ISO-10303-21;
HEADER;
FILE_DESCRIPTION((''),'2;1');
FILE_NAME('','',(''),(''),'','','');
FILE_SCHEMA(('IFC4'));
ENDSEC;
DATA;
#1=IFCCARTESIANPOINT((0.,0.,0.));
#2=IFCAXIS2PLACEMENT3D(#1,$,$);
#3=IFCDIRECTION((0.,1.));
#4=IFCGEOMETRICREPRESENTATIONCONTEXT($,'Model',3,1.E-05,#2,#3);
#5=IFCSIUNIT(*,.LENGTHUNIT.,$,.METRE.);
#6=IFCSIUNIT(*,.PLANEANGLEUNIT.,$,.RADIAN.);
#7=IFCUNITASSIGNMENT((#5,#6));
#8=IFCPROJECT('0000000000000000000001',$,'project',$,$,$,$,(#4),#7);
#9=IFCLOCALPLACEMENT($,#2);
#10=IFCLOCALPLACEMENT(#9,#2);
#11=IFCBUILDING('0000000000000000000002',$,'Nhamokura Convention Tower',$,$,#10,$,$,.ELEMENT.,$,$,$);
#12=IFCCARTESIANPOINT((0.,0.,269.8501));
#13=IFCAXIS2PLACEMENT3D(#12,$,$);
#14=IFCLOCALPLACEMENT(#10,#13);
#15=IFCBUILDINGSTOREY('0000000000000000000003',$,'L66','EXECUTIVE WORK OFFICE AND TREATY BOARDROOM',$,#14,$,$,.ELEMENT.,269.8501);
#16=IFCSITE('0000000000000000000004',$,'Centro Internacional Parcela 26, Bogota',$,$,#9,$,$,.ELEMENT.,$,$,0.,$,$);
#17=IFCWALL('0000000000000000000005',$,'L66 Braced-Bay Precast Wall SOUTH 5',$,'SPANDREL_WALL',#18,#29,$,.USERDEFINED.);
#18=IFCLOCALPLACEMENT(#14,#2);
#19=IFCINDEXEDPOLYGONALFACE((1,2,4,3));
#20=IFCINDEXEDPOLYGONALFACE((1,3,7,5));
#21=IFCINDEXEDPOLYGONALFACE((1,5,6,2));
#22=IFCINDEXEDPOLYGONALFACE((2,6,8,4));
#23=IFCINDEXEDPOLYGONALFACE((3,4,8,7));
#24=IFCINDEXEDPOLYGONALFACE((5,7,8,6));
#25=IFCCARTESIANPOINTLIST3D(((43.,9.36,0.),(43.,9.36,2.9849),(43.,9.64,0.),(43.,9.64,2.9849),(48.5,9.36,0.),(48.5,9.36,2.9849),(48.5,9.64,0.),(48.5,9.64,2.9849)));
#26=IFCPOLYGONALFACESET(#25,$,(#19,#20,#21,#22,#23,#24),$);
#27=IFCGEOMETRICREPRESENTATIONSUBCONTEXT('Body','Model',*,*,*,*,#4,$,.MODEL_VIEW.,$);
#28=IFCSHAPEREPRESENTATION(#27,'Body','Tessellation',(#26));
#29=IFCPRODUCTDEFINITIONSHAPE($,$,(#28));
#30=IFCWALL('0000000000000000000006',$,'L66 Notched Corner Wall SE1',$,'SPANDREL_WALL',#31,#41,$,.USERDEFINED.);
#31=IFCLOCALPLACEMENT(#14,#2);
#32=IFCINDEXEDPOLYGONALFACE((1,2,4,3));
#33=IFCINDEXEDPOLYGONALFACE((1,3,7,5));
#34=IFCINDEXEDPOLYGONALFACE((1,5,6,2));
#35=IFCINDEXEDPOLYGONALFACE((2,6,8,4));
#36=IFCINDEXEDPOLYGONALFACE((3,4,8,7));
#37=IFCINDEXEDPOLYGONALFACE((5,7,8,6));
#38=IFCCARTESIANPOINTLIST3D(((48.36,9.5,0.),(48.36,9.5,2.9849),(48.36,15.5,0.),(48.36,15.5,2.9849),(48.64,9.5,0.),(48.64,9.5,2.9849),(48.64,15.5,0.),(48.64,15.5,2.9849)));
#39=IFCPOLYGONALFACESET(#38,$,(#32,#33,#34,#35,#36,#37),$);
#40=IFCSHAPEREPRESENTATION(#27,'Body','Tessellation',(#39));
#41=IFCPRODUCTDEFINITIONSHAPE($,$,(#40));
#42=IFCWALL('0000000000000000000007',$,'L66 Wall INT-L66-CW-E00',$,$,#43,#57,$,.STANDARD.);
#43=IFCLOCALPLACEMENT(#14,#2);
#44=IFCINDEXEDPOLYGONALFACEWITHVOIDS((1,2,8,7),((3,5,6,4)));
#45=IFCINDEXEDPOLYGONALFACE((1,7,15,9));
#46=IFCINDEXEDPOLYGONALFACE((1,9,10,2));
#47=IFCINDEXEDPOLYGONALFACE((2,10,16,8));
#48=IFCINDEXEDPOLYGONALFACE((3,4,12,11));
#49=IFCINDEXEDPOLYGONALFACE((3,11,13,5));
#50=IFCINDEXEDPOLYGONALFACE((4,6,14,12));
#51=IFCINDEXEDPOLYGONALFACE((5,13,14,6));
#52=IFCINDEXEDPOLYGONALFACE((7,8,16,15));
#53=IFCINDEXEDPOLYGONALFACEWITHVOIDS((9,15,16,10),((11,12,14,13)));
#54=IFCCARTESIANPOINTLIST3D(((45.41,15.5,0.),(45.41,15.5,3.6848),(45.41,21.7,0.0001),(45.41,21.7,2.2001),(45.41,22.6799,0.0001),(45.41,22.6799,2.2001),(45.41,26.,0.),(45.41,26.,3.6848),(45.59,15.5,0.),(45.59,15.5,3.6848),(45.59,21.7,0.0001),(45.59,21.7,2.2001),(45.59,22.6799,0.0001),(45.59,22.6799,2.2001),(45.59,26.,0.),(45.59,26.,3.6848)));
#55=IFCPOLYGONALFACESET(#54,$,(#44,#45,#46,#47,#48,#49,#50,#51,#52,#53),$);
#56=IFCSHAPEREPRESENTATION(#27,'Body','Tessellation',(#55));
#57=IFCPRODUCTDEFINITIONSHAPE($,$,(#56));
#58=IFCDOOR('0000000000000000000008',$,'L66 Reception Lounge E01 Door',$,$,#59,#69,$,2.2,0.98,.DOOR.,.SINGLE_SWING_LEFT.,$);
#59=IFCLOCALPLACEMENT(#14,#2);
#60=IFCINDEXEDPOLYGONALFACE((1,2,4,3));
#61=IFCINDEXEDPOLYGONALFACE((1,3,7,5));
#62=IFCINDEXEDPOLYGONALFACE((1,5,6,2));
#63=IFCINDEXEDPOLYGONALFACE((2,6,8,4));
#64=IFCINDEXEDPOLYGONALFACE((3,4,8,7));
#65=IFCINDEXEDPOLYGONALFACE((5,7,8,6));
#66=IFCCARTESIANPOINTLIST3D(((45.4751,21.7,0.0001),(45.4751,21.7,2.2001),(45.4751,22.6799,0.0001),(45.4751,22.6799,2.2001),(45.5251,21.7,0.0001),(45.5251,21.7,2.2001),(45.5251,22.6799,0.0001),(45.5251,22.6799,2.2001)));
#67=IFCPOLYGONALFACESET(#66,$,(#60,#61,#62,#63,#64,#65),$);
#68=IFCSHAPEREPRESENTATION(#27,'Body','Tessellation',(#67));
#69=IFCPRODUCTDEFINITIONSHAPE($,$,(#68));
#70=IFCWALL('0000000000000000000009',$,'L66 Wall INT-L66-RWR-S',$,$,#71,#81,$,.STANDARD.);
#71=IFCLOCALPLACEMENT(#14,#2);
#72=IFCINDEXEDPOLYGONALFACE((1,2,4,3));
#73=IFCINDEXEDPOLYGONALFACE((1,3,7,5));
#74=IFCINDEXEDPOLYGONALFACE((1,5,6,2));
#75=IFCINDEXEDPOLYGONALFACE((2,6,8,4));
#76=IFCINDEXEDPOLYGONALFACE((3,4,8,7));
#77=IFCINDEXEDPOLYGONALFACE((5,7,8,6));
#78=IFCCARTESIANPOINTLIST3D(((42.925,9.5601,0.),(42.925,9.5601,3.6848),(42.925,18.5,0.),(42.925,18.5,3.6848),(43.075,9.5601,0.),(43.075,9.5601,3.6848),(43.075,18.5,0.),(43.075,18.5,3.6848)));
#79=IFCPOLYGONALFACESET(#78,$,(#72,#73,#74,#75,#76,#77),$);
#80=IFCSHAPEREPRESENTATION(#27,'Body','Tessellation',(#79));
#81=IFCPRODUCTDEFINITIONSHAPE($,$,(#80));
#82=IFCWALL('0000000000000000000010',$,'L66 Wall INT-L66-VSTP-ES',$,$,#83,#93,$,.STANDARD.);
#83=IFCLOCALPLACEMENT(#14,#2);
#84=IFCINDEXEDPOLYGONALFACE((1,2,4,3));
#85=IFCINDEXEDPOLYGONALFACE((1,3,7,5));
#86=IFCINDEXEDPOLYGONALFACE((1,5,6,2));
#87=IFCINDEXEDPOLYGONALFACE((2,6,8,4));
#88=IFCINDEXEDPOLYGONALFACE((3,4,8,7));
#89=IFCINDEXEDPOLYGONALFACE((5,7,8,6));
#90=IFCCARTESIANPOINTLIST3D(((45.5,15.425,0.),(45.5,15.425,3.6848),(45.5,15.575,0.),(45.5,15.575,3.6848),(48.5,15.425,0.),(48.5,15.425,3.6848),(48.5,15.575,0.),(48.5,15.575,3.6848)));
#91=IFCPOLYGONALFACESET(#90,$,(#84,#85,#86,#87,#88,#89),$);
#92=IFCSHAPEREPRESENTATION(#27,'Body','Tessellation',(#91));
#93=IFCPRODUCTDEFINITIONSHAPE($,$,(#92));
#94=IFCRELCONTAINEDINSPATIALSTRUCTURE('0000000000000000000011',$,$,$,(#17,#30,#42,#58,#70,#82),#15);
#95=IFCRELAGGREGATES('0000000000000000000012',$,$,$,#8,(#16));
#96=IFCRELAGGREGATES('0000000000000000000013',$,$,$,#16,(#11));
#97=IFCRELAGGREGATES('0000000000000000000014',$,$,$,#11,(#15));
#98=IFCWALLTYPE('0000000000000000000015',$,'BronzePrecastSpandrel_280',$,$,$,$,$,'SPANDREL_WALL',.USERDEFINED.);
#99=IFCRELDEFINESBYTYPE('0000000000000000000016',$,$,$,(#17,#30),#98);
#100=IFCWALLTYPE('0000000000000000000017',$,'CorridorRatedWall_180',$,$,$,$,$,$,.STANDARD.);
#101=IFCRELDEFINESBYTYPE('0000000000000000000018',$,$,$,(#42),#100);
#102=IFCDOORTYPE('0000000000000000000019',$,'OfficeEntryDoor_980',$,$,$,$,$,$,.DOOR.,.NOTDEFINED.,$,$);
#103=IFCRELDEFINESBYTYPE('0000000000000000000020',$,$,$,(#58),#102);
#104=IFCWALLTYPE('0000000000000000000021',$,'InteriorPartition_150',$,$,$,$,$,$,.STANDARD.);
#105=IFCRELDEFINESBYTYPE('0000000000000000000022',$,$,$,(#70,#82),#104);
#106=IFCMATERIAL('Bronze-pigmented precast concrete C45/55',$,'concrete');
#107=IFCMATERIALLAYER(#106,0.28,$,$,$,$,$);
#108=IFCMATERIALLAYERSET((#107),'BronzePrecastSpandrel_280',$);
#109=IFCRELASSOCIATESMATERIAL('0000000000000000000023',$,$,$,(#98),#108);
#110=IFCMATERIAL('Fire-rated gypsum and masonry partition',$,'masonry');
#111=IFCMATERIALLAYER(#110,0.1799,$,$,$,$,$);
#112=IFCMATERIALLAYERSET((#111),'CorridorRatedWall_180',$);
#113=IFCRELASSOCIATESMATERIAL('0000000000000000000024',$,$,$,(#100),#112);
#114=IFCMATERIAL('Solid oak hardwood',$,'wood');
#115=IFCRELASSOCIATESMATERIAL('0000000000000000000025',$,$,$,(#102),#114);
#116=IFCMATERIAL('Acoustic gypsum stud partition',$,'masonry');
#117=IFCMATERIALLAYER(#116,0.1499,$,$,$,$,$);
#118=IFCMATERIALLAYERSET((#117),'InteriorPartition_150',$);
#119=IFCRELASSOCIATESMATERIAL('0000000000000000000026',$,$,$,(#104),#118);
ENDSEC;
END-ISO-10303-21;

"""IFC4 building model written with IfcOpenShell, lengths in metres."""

from ifc_helpers import new_model, si_unit, direction, frame, frame_2d, origin, place, context, subcontext, project, spatial, rectangle, extrude, material, layer, layer_set, type_object, element, fill, save


model = new_model("IFC4")

# Units and contexts
model_context = context("Model", 3, precision=1e-05, world=origin(), true_north=direction((0.0, 1.0)))
body_context = subcontext(model_context, "Body", "Model", "MODEL_VIEW")
ifc_project = project(units=[si_unit("LENGTHUNIT", "METRE"), si_unit("PLANEANGLEUNIT", "RADIAN")], contexts=[model_context])

# Site, building, storey
site_placement = place(None, origin())
site = spatial("IfcSite", under=ifc_project, at=site_placement, Name="Centro Internacional Parcela 26, Bogota", CompositionType="ELEMENT", RefElevation=0.0)
building_placement = place(site_placement, origin())
building = spatial("IfcBuilding", under=site, at=building_placement, Name="Nhamokura Convention Tower", CompositionType="ELEMENT")
storey_placement = place(building_placement, frame((0.0, 0.0, 269.8501)))
storey = spatial("IfcBuildingStorey", under=building, at=storey_placement, Name="L66", Description="EXECUTIVE WORK OFFICE AND TREATY BOARDROOM", CompositionType="ELEMENT", Elevation=269.8501)

# Shared definitions
ifc_material_1 = material(Name="Bronze-pigmented precast concrete C45/55", Category="concrete")
ifc_layer_1 = layer(ifc_material_1, 0.28)
ifc_layer_set_1 = layer_set([ifc_layer_1], Name="BronzePrecastSpandrel_280")
wall_type_1 = type_object("IfcWallType", Name="BronzePrecastSpandrel_280", ElementType="SPANDREL_WALL", PredefinedType="USERDEFINED", material=ifc_layer_set_1)

# Walls
wall_1_placement = place(storey_placement, frame((48.5, 9.5, 0.0), z_axis=(0.0, 0.0, 1.0), x_axis=(-1.0, 0.0, 0.0)))
element("IfcWall", 1, at=wall_1_placement, inside=storey, type_object=wall_type_1, Name="L66 Braced-Bay Precast Wall SOUTH 5", ObjectType="SPANDREL_WALL", PredefinedType="USERDEFINED", context=body_context, shape_type="SweptSolid", body=[
    extrude(rectangle(XDim=5.5, YDim=0.28, at=frame_2d((2.75, 0.0))), origin(), (0.0, 0.0, 1.0), 2.9849),
])
wall_2_placement = place(storey_placement, frame((48.5, 15.5, 0.0), z_axis=(0.0, 0.0, 1.0), x_axis=(0.0, -1.0, 0.0)))
element("IfcWall", 2, at=wall_2_placement, inside=storey, type_object=wall_type_1, Name="L66 Notched Corner Wall SE1", ObjectType="SPANDREL_WALL", PredefinedType="USERDEFINED", context=body_context, shape_type="SweptSolid", body=[
    extrude(rectangle(XDim=6.0, YDim=0.28, at=frame_2d((3.0, 0.0))), origin(), (0.0, 0.0, 1.0), 2.9849),
])

# Wall, opening, door
ifc_material_2 = material(Name="Fire-rated gypsum and masonry partition", Category="masonry")
ifc_layer_2 = layer(ifc_material_2, 0.1799)
ifc_layer_set_2 = layer_set([ifc_layer_2], Name="CorridorRatedWall_180")
wall_type_2 = type_object("IfcWallType", Name="CorridorRatedWall_180", PredefinedType="STANDARD", material=ifc_layer_set_2)
wall_3_placement = place(storey_placement, frame((45.5, 15.5, 0.0), z_axis=(0.0, 0.0, 1.0), x_axis=(0.0, 1.0, 0.0)))
wall_3 = element("IfcWall", 3, at=wall_3_placement, inside=storey, type_object=wall_type_2, Name="L66 Wall INT-L66-CW-E00", PredefinedType="STANDARD", context=body_context, shape_type="SweptSolid", body=[
    extrude(rectangle(XDim=10.5, YDim=0.1799, at=frame_2d((5.25, 0.0))), origin(), (0.0, 0.0, 1.0), 3.6848),
])
opening_1_placement = place(wall_3_placement, frame((6.2, 0.0, 0.0)))
opening_1 = element("IfcOpeningElement", 4, at=opening_1_placement, cuts=wall_3, PredefinedType="OPENING", context=body_context, shape_type="SweptSolid", body=[
    extrude(rectangle(XDim=0.98, YDim=2.2, at=frame_2d((0.49, 1.1001))), frame((0.0, 0.0999, 0.0), z_axis=(0.0, -1.0, 0.0), x_axis=(1.0, 0.0, 0.0)), (0.0, 0.0, 1.0), 0.2),
])
ifc_material_3 = material(Name="Solid oak hardwood", Category="wood")
door_type = type_object("IfcDoorType", Name="OfficeEntryDoor_980", OperationType="NOTDEFINED", PredefinedType="DOOR", material=ifc_material_3)
door_placement = place(opening_1_placement, origin())
door = element("IfcDoor", 5, at=door_placement, inside=storey, type_object=door_type, Name="L66 Reception Lounge E01 Door", OperationType="SINGLE_SWING_LEFT", OverallHeight=2.2, OverallWidth=0.98, PredefinedType="DOOR", context=body_context, shape_type="SweptSolid", body=[
    extrude(rectangle(XDim=0.98, YDim=2.2, at=frame_2d((0.49, 1.1001))), frame((0.0, 0.0249, 0.0), z_axis=(0.0, -1.0, 0.0), x_axis=(1.0, 0.0, 0.0)), (0.0, 0.0, 1.0), 0.05),
])
fill(opening_1, door)

# Walls
ifc_material_4 = material(Name="Acoustic gypsum stud partition", Category="masonry")
ifc_layer_3 = layer(ifc_material_4, 0.1499)
ifc_layer_set_3 = layer_set([ifc_layer_3], Name="InteriorPartition_150")
wall_type_3 = type_object("IfcWallType", Name="InteriorPartition_150", PredefinedType="STANDARD", material=ifc_layer_set_3)
wall_4_placement = place(storey_placement, frame((43.0, 9.5601, 0.0), z_axis=(0.0, 0.0, 1.0), x_axis=(0.0, 1.0, 0.0)))
element("IfcWall", 6, at=wall_4_placement, inside=storey, type_object=wall_type_3, Name="L66 Wall INT-L66-RWR-S", PredefinedType="STANDARD", context=body_context, shape_type="SweptSolid", body=[
    extrude(rectangle(XDim=8.9399, YDim=0.1499, at=frame_2d((4.47, 0.0))), origin(), (0.0, 0.0, 1.0), 3.6848),
])
wall_5_placement = place(storey_placement, frame((45.5, 15.5, 0.0), z_axis=(0.0, 0.0, 1.0), x_axis=(1.0, 0.0, 0.0)))
element("IfcWall", 7, at=wall_5_placement, inside=storey, type_object=wall_type_3, Name="L66 Wall INT-L66-VSTP-ES", PredefinedType="STANDARD", context=body_context, shape_type="SweptSolid", body=[
    extrude(rectangle(XDim=3.0, YDim=0.1499, at=frame_2d((1.5, 0.0))), origin(), (0.0, 0.0, 1.0), 3.6848),
])

save(model, "model.ifc")
